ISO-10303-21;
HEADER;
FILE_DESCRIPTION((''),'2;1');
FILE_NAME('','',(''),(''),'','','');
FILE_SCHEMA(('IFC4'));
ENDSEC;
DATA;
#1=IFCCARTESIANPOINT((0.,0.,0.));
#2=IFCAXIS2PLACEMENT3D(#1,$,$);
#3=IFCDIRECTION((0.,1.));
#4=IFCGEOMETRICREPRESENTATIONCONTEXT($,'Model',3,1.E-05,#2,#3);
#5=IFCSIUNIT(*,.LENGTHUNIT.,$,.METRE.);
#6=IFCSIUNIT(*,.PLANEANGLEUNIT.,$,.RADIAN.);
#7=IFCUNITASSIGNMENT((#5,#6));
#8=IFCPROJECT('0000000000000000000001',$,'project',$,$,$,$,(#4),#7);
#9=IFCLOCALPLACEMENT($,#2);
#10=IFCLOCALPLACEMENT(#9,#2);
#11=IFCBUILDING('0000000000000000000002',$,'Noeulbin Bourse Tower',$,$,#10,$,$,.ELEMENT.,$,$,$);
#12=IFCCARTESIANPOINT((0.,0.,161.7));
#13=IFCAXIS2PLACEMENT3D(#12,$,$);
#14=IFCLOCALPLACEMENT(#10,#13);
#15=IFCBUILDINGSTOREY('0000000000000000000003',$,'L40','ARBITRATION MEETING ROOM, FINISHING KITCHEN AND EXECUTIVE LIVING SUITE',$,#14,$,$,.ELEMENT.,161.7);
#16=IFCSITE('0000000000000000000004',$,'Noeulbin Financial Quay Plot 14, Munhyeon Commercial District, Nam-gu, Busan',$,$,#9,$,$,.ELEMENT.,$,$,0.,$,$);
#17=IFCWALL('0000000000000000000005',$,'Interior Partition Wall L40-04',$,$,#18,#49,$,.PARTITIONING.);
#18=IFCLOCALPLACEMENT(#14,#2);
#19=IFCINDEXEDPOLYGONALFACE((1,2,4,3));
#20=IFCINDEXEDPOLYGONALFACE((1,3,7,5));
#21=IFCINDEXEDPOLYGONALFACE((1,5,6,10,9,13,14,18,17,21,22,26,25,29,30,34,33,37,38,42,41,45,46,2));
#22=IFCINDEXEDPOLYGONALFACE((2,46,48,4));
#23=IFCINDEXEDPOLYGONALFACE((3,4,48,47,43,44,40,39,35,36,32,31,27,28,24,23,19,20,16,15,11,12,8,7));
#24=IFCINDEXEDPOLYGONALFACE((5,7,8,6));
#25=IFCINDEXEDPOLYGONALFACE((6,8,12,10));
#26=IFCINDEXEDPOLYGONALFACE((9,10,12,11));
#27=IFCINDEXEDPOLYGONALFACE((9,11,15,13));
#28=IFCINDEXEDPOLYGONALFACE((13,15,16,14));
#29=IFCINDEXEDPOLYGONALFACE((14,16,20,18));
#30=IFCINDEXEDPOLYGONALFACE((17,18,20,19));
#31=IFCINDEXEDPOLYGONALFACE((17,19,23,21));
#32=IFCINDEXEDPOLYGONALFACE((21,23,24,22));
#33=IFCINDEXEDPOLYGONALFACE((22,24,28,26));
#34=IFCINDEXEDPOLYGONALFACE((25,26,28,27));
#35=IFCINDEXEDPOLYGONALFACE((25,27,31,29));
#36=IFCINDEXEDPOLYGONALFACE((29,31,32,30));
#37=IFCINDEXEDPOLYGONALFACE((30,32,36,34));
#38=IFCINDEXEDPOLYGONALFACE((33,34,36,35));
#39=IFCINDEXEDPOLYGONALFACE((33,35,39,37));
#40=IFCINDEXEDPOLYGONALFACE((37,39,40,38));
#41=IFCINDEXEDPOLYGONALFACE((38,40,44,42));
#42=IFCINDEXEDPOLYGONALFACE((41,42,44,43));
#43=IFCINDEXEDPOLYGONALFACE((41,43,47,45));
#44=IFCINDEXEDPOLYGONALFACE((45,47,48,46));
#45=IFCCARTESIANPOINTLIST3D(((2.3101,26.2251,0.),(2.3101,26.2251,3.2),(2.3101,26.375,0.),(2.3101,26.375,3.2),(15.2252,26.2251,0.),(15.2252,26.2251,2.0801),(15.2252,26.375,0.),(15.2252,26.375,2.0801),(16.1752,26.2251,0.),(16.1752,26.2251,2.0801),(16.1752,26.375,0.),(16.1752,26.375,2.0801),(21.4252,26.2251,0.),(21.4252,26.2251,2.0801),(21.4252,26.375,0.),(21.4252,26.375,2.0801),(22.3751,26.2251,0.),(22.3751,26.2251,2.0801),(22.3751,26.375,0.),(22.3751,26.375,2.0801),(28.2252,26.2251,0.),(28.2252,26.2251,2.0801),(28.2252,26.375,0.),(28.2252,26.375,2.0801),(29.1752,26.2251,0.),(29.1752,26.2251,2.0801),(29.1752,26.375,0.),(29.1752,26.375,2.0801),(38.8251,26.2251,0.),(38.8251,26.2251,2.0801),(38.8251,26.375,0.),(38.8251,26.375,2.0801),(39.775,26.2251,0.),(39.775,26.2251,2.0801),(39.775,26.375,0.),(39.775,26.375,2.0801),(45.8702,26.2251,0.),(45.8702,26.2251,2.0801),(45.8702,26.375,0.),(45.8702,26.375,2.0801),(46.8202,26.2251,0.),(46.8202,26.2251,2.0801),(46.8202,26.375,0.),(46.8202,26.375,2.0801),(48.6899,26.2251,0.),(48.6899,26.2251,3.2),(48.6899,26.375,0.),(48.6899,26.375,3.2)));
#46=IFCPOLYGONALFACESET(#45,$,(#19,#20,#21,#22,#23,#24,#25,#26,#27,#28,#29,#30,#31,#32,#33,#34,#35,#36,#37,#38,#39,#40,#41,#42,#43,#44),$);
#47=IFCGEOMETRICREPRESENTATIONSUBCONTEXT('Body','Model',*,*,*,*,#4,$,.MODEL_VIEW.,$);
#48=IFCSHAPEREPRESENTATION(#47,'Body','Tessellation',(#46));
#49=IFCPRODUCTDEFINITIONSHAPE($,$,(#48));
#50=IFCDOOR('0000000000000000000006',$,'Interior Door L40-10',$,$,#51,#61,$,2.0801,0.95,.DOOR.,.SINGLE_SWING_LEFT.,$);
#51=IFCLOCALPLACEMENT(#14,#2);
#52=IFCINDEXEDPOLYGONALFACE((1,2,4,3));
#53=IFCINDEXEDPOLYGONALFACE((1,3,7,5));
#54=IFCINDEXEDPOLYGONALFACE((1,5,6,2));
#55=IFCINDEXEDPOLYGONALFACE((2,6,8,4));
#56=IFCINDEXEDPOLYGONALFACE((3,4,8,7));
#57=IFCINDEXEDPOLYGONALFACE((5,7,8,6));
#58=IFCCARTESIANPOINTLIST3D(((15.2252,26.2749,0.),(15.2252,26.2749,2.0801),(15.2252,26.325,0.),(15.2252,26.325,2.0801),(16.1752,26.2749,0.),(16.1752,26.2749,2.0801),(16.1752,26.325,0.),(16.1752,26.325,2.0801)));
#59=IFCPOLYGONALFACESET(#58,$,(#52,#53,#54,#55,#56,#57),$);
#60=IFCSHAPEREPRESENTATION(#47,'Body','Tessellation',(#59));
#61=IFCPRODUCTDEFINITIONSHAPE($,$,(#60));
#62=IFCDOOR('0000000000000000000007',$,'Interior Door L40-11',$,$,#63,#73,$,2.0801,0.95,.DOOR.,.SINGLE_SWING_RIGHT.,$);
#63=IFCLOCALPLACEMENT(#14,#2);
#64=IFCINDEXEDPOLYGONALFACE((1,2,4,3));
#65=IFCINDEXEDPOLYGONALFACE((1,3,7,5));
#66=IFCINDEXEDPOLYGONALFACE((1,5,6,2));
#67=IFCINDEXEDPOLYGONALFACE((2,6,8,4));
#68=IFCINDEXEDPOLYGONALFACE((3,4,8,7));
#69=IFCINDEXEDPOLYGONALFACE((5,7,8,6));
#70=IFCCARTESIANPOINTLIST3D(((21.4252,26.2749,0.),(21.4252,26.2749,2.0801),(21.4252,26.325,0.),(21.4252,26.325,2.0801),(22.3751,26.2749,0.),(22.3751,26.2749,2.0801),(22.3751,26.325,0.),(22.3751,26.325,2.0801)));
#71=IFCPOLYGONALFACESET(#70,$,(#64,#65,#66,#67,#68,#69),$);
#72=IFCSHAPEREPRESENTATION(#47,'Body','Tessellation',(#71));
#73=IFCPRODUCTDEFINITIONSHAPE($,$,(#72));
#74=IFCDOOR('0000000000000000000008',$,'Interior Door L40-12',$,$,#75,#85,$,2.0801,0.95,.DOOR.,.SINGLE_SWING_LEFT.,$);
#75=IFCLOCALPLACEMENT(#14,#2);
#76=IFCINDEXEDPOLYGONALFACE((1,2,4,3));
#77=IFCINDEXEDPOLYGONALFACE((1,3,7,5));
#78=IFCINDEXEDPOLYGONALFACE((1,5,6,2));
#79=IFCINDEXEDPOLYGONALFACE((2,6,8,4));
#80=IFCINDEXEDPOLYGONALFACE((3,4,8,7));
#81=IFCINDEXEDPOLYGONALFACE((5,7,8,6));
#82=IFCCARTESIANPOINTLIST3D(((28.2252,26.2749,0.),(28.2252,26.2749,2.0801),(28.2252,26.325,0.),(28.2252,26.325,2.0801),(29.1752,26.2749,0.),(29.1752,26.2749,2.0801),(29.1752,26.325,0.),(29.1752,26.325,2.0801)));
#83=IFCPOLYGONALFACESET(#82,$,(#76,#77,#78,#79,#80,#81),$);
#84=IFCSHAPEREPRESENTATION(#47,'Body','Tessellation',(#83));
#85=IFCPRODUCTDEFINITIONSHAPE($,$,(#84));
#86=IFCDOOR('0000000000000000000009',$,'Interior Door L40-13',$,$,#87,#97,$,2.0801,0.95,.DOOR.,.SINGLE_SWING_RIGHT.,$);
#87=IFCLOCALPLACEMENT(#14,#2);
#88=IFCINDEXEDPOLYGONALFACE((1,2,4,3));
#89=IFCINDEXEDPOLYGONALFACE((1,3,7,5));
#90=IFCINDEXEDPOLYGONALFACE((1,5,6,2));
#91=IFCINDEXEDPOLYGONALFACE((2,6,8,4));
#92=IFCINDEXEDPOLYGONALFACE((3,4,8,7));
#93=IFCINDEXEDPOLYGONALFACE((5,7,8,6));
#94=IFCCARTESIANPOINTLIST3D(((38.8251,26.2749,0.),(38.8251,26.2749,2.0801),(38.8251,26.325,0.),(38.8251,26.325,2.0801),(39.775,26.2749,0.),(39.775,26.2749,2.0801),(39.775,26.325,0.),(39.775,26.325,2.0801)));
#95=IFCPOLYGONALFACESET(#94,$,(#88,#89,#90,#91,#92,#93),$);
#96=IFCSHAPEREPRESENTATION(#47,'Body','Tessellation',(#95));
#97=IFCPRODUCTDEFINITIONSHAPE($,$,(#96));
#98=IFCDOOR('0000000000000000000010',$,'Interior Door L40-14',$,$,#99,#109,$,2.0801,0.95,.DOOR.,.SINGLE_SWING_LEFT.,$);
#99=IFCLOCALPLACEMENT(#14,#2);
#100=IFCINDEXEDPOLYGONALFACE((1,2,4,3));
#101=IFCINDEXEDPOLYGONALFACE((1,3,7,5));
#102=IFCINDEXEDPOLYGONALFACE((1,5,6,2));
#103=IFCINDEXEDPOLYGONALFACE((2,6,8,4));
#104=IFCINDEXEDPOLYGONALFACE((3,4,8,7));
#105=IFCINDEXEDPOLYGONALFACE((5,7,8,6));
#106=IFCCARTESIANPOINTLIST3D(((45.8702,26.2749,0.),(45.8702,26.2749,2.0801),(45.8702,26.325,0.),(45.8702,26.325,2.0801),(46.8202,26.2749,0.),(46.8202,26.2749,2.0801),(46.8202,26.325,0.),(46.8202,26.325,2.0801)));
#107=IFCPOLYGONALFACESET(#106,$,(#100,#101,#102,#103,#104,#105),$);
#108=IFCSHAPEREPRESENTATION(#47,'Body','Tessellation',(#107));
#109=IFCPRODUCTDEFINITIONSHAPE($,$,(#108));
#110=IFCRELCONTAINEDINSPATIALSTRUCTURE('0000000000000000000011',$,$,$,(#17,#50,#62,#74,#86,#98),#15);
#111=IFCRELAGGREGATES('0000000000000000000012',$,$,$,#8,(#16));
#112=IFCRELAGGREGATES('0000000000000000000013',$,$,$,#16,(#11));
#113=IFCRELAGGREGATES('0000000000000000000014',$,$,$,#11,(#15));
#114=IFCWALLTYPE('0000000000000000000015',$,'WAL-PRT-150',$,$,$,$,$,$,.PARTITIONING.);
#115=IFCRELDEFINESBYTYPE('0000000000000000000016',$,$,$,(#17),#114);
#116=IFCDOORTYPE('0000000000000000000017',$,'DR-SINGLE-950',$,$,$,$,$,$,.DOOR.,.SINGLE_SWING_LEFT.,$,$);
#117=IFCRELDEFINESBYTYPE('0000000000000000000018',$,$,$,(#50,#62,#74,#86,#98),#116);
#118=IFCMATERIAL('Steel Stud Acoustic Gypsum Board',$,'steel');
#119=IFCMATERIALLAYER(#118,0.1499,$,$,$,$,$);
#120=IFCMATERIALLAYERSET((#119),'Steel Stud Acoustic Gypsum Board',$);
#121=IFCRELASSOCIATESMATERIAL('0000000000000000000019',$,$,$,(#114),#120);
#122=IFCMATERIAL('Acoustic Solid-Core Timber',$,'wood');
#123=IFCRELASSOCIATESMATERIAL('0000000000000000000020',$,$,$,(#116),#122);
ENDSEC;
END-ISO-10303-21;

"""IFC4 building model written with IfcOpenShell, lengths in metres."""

from ifc_helpers import new_model, si_unit, direction, frame, frame_2d, origin, place, context, subcontext, project, spatial, rectangle, extrude, material, layer, layer_set, type_object, element, fill, save


model = new_model("IFC4")

# Units and contexts
model_context = context("Model", 3, precision=1e-05, world=origin(), true_north=direction((0.0, 1.0)))
body_context = subcontext(model_context, "Body", "Model", "MODEL_VIEW")
ifc_project = project(units=[si_unit("LENGTHUNIT", "METRE"), si_unit("PLANEANGLEUNIT", "RADIAN")], contexts=[model_context])

# Site, building, storey
site_placement = place(None, origin())
site = spatial("IfcSite", under=ifc_project, at=site_placement, Name="Noeulbin Financial Quay Plot 14, Munhyeon Commercial District, Nam-gu, Busan", CompositionType="ELEMENT", RefElevation=0.0)
building_placement = place(site_placement, origin())
building = spatial("IfcBuilding", under=site, at=building_placement, Name="Noeulbin Bourse Tower", CompositionType="ELEMENT")
storey_placement = place(building_placement, frame((0.0, 0.0, 161.7)))
storey = spatial("IfcBuildingStorey", under=building, at=storey_placement, Name="L40", Description="ARBITRATION MEETING ROOM, FINISHING KITCHEN AND EXECUTIVE LIVING SUITE", CompositionType="ELEMENT", Elevation=161.7)

# Wall, openings, doors
ifc_material_1 = material(Name="Steel Stud Acoustic Gypsum Board", Category="steel")
ifc_layer_1 = layer(ifc_material_1, 0.1499)
ifc_layer_set_1 = layer_set([ifc_layer_1], Name="Steel Stud Acoustic Gypsum Board")
wall_type = type_object("IfcWallType", Name="WAL-PRT-150", PredefinedType="PARTITIONING", material=ifc_layer_set_1)
wall_placement = place(storey_placement, frame((2.3101, 26.3, 0.0), z_axis=(0.0, 0.0, 1.0), x_axis=(1.0, 0.0, 0.0)))
wall = element("IfcWall", 1, at=wall_placement, inside=storey, type_object=wall_type, Name="Interior Partition Wall L40-04", PredefinedType="PARTITIONING", context=body_context, shape_type="SweptSolid", body=[
    extrude(rectangle(XDim=46.3799, YDim=0.1499, at=frame_2d((23.1899, 0.0))), origin(), (0.0, 0.0, 1.0), 3.2),
])
opening_1_placement = place(wall_placement, frame((12.915, 0.0, 0.0)))
opening_1 = element("IfcOpeningElement", 2, at=opening_1_placement, cuts=wall, PredefinedType="OPENING", context=body_context, shape_type="SweptSolid", body=[
    extrude(rectangle(XDim=0.95, YDim=2.0801, at=frame_2d((0.4751, 1.04))), frame((0.0, 0.085, 0.0), z_axis=(0.0, -1.0, 0.0), x_axis=(1.0, 0.0, 0.0)), (0.0, 0.0, 1.0), 0.1699),
])
opening_2_placement = place(wall_placement, frame((19.115, 0.0, 0.0)))
opening_2 = element("IfcOpeningElement", 3, at=opening_2_placement, cuts=wall, PredefinedType="OPENING", context=body_context, shape_type="SweptSolid", body=[
    extrude(rectangle(XDim=0.95, YDim=2.0801, at=frame_2d((0.4751, 1.04))), frame((0.0, 0.085, 0.0), z_axis=(0.0, -1.0, 0.0), x_axis=(1.0, 0.0, 0.0)), (0.0, 0.0, 1.0), 0.1699),
])
opening_3_placement = place(wall_placement, frame((25.915, 0.0, 0.0)))
opening_3 = element("IfcOpeningElement", 4, at=opening_3_placement, cuts=wall, PredefinedType="OPENING", context=body_context, shape_type="SweptSolid", body=[
    extrude(rectangle(XDim=0.95, YDim=2.0801, at=frame_2d((0.4751, 1.04))), frame((0.0, 0.085, 0.0), z_axis=(0.0, -1.0, 0.0), x_axis=(1.0, 0.0, 0.0)), (0.0, 0.0, 1.0), 0.1699),
])
opening_4_placement = place(wall_placement, frame((36.5149, 0.0, 0.0)))
opening_4 = element("IfcOpeningElement", 5, at=opening_4_placement, cuts=wall, PredefinedType="OPENING", context=body_context, shape_type="SweptSolid", body=[
    extrude(rectangle(XDim=0.95, YDim=2.0801, at=frame_2d((0.4751, 1.04))), frame((0.0, 0.085, 0.0), z_axis=(0.0, -1.0, 0.0), x_axis=(1.0, 0.0, 0.0)), (0.0, 0.0, 1.0), 0.1699),
])
opening_5_placement = place(wall_placement, frame((43.5601, 0.0, 0.0)))
opening_5 = element("IfcOpeningElement", 6, at=opening_5_placement, cuts=wall, PredefinedType="OPENING", context=body_context, shape_type="SweptSolid", body=[
    extrude(rectangle(XDim=0.95, YDim=2.0801, at=frame_2d((0.4751, 1.04))), frame((0.0, 0.085, 0.0), z_axis=(0.0, -1.0, 0.0), x_axis=(1.0, 0.0, 0.0)), (0.0, 0.0, 1.0), 0.1699),
])
ifc_material_2 = material(Name="Acoustic Solid-Core Timber", Category="wood")
door_type = type_object("IfcDoorType", Name="DR-SINGLE-950", OperationType="SINGLE_SWING_LEFT", PredefinedType="DOOR", material=ifc_material_2)
door_1_placement = place(opening_1_placement, origin())
door_1 = element("IfcDoor", 7, at=door_1_placement, inside=storey, type_object=door_type, Name="Interior Door L40-10", OperationType="SINGLE_SWING_LEFT", OverallHeight=2.0801, OverallWidth=0.95, PredefinedType="DOOR", context=body_context, shape_type="SweptSolid", body=[
    extrude(rectangle(XDim=0.95, YDim=2.0801, at=frame_2d((0.4751, 1.04))), frame((0.0, 0.0249, 0.0), z_axis=(0.0, -1.0, 0.0), x_axis=(1.0, 0.0, 0.0)), (0.0, 0.0, 1.0), 0.05),
])
fill(opening_1, door_1)
door_2_placement = place(opening_2_placement, origin())
door_2 = element("IfcDoor", 8, at=door_2_placement, inside=storey, type_object=door_type, Name="Interior Door L40-11", OperationType="SINGLE_SWING_RIGHT", OverallHeight=2.0801, OverallWidth=0.95, PredefinedType="DOOR", context=body_context, shape_type="SweptSolid", body=[
    extrude(rectangle(XDim=0.95, YDim=2.0801, at=frame_2d((0.4751, 1.04))), frame((0.0, 0.0249, 0.0), z_axis=(0.0, -1.0, 0.0), x_axis=(1.0, 0.0, 0.0)), (0.0, 0.0, 1.0), 0.05),
])
fill(opening_2, door_2)
door_3_placement = place(opening_3_placement, origin())
door_3 = element("IfcDoor", 9, at=door_3_placement, inside=storey, type_object=door_type, Name="Interior Door L40-12", OperationType="SINGLE_SWING_LEFT", OverallHeight=2.0801, OverallWidth=0.95, PredefinedType="DOOR", context=body_context, shape_type="SweptSolid", body=[
    extrude(rectangle(XDim=0.95, YDim=2.0801, at=frame_2d((0.4751, 1.04))), frame((0.0, 0.0249, 0.0), z_axis=(0.0, -1.0, 0.0), x_axis=(1.0, 0.0, 0.0)), (0.0, 0.0, 1.0), 0.05),
])
fill(opening_3, door_3)
door_4_placement = place(opening_4_placement, origin())
door_4 = element("IfcDoor", 10, at=door_4_placement, inside=storey, type_object=door_type, Name="Interior Door L40-13", OperationType="SINGLE_SWING_RIGHT", OverallHeight=2.0801, OverallWidth=0.95, PredefinedType="DOOR", context=body_context, shape_type="SweptSolid", body=[
    extrude(rectangle(XDim=0.95, YDim=2.0801, at=frame_2d((0.4751, 1.04))), frame((0.0, 0.0249, 0.0), z_axis=(0.0, -1.0, 0.0), x_axis=(1.0, 0.0, 0.0)), (0.0, 0.0, 1.0), 0.05),
])
fill(opening_4, door_4)
door_5_placement = place(opening_5_placement, origin())
door_5 = element("IfcDoor", 11, at=door_5_placement, inside=storey, type_object=door_type, Name="Interior Door L40-14", OperationType="SINGLE_SWING_LEFT", OverallHeight=2.0801, OverallWidth=0.95, PredefinedType="DOOR", context=body_context, shape_type="SweptSolid", body=[
    extrude(rectangle(XDim=0.95, YDim=2.0801, at=frame_2d((0.4751, 1.04))), frame((0.0, 0.0249, 0.0), z_axis=(0.0, -1.0, 0.0), x_axis=(1.0, 0.0, 0.0)), (0.0, 0.0, 1.0), 0.05),
])
fill(opening_5, door_5)

save(model, "model.ifc")
